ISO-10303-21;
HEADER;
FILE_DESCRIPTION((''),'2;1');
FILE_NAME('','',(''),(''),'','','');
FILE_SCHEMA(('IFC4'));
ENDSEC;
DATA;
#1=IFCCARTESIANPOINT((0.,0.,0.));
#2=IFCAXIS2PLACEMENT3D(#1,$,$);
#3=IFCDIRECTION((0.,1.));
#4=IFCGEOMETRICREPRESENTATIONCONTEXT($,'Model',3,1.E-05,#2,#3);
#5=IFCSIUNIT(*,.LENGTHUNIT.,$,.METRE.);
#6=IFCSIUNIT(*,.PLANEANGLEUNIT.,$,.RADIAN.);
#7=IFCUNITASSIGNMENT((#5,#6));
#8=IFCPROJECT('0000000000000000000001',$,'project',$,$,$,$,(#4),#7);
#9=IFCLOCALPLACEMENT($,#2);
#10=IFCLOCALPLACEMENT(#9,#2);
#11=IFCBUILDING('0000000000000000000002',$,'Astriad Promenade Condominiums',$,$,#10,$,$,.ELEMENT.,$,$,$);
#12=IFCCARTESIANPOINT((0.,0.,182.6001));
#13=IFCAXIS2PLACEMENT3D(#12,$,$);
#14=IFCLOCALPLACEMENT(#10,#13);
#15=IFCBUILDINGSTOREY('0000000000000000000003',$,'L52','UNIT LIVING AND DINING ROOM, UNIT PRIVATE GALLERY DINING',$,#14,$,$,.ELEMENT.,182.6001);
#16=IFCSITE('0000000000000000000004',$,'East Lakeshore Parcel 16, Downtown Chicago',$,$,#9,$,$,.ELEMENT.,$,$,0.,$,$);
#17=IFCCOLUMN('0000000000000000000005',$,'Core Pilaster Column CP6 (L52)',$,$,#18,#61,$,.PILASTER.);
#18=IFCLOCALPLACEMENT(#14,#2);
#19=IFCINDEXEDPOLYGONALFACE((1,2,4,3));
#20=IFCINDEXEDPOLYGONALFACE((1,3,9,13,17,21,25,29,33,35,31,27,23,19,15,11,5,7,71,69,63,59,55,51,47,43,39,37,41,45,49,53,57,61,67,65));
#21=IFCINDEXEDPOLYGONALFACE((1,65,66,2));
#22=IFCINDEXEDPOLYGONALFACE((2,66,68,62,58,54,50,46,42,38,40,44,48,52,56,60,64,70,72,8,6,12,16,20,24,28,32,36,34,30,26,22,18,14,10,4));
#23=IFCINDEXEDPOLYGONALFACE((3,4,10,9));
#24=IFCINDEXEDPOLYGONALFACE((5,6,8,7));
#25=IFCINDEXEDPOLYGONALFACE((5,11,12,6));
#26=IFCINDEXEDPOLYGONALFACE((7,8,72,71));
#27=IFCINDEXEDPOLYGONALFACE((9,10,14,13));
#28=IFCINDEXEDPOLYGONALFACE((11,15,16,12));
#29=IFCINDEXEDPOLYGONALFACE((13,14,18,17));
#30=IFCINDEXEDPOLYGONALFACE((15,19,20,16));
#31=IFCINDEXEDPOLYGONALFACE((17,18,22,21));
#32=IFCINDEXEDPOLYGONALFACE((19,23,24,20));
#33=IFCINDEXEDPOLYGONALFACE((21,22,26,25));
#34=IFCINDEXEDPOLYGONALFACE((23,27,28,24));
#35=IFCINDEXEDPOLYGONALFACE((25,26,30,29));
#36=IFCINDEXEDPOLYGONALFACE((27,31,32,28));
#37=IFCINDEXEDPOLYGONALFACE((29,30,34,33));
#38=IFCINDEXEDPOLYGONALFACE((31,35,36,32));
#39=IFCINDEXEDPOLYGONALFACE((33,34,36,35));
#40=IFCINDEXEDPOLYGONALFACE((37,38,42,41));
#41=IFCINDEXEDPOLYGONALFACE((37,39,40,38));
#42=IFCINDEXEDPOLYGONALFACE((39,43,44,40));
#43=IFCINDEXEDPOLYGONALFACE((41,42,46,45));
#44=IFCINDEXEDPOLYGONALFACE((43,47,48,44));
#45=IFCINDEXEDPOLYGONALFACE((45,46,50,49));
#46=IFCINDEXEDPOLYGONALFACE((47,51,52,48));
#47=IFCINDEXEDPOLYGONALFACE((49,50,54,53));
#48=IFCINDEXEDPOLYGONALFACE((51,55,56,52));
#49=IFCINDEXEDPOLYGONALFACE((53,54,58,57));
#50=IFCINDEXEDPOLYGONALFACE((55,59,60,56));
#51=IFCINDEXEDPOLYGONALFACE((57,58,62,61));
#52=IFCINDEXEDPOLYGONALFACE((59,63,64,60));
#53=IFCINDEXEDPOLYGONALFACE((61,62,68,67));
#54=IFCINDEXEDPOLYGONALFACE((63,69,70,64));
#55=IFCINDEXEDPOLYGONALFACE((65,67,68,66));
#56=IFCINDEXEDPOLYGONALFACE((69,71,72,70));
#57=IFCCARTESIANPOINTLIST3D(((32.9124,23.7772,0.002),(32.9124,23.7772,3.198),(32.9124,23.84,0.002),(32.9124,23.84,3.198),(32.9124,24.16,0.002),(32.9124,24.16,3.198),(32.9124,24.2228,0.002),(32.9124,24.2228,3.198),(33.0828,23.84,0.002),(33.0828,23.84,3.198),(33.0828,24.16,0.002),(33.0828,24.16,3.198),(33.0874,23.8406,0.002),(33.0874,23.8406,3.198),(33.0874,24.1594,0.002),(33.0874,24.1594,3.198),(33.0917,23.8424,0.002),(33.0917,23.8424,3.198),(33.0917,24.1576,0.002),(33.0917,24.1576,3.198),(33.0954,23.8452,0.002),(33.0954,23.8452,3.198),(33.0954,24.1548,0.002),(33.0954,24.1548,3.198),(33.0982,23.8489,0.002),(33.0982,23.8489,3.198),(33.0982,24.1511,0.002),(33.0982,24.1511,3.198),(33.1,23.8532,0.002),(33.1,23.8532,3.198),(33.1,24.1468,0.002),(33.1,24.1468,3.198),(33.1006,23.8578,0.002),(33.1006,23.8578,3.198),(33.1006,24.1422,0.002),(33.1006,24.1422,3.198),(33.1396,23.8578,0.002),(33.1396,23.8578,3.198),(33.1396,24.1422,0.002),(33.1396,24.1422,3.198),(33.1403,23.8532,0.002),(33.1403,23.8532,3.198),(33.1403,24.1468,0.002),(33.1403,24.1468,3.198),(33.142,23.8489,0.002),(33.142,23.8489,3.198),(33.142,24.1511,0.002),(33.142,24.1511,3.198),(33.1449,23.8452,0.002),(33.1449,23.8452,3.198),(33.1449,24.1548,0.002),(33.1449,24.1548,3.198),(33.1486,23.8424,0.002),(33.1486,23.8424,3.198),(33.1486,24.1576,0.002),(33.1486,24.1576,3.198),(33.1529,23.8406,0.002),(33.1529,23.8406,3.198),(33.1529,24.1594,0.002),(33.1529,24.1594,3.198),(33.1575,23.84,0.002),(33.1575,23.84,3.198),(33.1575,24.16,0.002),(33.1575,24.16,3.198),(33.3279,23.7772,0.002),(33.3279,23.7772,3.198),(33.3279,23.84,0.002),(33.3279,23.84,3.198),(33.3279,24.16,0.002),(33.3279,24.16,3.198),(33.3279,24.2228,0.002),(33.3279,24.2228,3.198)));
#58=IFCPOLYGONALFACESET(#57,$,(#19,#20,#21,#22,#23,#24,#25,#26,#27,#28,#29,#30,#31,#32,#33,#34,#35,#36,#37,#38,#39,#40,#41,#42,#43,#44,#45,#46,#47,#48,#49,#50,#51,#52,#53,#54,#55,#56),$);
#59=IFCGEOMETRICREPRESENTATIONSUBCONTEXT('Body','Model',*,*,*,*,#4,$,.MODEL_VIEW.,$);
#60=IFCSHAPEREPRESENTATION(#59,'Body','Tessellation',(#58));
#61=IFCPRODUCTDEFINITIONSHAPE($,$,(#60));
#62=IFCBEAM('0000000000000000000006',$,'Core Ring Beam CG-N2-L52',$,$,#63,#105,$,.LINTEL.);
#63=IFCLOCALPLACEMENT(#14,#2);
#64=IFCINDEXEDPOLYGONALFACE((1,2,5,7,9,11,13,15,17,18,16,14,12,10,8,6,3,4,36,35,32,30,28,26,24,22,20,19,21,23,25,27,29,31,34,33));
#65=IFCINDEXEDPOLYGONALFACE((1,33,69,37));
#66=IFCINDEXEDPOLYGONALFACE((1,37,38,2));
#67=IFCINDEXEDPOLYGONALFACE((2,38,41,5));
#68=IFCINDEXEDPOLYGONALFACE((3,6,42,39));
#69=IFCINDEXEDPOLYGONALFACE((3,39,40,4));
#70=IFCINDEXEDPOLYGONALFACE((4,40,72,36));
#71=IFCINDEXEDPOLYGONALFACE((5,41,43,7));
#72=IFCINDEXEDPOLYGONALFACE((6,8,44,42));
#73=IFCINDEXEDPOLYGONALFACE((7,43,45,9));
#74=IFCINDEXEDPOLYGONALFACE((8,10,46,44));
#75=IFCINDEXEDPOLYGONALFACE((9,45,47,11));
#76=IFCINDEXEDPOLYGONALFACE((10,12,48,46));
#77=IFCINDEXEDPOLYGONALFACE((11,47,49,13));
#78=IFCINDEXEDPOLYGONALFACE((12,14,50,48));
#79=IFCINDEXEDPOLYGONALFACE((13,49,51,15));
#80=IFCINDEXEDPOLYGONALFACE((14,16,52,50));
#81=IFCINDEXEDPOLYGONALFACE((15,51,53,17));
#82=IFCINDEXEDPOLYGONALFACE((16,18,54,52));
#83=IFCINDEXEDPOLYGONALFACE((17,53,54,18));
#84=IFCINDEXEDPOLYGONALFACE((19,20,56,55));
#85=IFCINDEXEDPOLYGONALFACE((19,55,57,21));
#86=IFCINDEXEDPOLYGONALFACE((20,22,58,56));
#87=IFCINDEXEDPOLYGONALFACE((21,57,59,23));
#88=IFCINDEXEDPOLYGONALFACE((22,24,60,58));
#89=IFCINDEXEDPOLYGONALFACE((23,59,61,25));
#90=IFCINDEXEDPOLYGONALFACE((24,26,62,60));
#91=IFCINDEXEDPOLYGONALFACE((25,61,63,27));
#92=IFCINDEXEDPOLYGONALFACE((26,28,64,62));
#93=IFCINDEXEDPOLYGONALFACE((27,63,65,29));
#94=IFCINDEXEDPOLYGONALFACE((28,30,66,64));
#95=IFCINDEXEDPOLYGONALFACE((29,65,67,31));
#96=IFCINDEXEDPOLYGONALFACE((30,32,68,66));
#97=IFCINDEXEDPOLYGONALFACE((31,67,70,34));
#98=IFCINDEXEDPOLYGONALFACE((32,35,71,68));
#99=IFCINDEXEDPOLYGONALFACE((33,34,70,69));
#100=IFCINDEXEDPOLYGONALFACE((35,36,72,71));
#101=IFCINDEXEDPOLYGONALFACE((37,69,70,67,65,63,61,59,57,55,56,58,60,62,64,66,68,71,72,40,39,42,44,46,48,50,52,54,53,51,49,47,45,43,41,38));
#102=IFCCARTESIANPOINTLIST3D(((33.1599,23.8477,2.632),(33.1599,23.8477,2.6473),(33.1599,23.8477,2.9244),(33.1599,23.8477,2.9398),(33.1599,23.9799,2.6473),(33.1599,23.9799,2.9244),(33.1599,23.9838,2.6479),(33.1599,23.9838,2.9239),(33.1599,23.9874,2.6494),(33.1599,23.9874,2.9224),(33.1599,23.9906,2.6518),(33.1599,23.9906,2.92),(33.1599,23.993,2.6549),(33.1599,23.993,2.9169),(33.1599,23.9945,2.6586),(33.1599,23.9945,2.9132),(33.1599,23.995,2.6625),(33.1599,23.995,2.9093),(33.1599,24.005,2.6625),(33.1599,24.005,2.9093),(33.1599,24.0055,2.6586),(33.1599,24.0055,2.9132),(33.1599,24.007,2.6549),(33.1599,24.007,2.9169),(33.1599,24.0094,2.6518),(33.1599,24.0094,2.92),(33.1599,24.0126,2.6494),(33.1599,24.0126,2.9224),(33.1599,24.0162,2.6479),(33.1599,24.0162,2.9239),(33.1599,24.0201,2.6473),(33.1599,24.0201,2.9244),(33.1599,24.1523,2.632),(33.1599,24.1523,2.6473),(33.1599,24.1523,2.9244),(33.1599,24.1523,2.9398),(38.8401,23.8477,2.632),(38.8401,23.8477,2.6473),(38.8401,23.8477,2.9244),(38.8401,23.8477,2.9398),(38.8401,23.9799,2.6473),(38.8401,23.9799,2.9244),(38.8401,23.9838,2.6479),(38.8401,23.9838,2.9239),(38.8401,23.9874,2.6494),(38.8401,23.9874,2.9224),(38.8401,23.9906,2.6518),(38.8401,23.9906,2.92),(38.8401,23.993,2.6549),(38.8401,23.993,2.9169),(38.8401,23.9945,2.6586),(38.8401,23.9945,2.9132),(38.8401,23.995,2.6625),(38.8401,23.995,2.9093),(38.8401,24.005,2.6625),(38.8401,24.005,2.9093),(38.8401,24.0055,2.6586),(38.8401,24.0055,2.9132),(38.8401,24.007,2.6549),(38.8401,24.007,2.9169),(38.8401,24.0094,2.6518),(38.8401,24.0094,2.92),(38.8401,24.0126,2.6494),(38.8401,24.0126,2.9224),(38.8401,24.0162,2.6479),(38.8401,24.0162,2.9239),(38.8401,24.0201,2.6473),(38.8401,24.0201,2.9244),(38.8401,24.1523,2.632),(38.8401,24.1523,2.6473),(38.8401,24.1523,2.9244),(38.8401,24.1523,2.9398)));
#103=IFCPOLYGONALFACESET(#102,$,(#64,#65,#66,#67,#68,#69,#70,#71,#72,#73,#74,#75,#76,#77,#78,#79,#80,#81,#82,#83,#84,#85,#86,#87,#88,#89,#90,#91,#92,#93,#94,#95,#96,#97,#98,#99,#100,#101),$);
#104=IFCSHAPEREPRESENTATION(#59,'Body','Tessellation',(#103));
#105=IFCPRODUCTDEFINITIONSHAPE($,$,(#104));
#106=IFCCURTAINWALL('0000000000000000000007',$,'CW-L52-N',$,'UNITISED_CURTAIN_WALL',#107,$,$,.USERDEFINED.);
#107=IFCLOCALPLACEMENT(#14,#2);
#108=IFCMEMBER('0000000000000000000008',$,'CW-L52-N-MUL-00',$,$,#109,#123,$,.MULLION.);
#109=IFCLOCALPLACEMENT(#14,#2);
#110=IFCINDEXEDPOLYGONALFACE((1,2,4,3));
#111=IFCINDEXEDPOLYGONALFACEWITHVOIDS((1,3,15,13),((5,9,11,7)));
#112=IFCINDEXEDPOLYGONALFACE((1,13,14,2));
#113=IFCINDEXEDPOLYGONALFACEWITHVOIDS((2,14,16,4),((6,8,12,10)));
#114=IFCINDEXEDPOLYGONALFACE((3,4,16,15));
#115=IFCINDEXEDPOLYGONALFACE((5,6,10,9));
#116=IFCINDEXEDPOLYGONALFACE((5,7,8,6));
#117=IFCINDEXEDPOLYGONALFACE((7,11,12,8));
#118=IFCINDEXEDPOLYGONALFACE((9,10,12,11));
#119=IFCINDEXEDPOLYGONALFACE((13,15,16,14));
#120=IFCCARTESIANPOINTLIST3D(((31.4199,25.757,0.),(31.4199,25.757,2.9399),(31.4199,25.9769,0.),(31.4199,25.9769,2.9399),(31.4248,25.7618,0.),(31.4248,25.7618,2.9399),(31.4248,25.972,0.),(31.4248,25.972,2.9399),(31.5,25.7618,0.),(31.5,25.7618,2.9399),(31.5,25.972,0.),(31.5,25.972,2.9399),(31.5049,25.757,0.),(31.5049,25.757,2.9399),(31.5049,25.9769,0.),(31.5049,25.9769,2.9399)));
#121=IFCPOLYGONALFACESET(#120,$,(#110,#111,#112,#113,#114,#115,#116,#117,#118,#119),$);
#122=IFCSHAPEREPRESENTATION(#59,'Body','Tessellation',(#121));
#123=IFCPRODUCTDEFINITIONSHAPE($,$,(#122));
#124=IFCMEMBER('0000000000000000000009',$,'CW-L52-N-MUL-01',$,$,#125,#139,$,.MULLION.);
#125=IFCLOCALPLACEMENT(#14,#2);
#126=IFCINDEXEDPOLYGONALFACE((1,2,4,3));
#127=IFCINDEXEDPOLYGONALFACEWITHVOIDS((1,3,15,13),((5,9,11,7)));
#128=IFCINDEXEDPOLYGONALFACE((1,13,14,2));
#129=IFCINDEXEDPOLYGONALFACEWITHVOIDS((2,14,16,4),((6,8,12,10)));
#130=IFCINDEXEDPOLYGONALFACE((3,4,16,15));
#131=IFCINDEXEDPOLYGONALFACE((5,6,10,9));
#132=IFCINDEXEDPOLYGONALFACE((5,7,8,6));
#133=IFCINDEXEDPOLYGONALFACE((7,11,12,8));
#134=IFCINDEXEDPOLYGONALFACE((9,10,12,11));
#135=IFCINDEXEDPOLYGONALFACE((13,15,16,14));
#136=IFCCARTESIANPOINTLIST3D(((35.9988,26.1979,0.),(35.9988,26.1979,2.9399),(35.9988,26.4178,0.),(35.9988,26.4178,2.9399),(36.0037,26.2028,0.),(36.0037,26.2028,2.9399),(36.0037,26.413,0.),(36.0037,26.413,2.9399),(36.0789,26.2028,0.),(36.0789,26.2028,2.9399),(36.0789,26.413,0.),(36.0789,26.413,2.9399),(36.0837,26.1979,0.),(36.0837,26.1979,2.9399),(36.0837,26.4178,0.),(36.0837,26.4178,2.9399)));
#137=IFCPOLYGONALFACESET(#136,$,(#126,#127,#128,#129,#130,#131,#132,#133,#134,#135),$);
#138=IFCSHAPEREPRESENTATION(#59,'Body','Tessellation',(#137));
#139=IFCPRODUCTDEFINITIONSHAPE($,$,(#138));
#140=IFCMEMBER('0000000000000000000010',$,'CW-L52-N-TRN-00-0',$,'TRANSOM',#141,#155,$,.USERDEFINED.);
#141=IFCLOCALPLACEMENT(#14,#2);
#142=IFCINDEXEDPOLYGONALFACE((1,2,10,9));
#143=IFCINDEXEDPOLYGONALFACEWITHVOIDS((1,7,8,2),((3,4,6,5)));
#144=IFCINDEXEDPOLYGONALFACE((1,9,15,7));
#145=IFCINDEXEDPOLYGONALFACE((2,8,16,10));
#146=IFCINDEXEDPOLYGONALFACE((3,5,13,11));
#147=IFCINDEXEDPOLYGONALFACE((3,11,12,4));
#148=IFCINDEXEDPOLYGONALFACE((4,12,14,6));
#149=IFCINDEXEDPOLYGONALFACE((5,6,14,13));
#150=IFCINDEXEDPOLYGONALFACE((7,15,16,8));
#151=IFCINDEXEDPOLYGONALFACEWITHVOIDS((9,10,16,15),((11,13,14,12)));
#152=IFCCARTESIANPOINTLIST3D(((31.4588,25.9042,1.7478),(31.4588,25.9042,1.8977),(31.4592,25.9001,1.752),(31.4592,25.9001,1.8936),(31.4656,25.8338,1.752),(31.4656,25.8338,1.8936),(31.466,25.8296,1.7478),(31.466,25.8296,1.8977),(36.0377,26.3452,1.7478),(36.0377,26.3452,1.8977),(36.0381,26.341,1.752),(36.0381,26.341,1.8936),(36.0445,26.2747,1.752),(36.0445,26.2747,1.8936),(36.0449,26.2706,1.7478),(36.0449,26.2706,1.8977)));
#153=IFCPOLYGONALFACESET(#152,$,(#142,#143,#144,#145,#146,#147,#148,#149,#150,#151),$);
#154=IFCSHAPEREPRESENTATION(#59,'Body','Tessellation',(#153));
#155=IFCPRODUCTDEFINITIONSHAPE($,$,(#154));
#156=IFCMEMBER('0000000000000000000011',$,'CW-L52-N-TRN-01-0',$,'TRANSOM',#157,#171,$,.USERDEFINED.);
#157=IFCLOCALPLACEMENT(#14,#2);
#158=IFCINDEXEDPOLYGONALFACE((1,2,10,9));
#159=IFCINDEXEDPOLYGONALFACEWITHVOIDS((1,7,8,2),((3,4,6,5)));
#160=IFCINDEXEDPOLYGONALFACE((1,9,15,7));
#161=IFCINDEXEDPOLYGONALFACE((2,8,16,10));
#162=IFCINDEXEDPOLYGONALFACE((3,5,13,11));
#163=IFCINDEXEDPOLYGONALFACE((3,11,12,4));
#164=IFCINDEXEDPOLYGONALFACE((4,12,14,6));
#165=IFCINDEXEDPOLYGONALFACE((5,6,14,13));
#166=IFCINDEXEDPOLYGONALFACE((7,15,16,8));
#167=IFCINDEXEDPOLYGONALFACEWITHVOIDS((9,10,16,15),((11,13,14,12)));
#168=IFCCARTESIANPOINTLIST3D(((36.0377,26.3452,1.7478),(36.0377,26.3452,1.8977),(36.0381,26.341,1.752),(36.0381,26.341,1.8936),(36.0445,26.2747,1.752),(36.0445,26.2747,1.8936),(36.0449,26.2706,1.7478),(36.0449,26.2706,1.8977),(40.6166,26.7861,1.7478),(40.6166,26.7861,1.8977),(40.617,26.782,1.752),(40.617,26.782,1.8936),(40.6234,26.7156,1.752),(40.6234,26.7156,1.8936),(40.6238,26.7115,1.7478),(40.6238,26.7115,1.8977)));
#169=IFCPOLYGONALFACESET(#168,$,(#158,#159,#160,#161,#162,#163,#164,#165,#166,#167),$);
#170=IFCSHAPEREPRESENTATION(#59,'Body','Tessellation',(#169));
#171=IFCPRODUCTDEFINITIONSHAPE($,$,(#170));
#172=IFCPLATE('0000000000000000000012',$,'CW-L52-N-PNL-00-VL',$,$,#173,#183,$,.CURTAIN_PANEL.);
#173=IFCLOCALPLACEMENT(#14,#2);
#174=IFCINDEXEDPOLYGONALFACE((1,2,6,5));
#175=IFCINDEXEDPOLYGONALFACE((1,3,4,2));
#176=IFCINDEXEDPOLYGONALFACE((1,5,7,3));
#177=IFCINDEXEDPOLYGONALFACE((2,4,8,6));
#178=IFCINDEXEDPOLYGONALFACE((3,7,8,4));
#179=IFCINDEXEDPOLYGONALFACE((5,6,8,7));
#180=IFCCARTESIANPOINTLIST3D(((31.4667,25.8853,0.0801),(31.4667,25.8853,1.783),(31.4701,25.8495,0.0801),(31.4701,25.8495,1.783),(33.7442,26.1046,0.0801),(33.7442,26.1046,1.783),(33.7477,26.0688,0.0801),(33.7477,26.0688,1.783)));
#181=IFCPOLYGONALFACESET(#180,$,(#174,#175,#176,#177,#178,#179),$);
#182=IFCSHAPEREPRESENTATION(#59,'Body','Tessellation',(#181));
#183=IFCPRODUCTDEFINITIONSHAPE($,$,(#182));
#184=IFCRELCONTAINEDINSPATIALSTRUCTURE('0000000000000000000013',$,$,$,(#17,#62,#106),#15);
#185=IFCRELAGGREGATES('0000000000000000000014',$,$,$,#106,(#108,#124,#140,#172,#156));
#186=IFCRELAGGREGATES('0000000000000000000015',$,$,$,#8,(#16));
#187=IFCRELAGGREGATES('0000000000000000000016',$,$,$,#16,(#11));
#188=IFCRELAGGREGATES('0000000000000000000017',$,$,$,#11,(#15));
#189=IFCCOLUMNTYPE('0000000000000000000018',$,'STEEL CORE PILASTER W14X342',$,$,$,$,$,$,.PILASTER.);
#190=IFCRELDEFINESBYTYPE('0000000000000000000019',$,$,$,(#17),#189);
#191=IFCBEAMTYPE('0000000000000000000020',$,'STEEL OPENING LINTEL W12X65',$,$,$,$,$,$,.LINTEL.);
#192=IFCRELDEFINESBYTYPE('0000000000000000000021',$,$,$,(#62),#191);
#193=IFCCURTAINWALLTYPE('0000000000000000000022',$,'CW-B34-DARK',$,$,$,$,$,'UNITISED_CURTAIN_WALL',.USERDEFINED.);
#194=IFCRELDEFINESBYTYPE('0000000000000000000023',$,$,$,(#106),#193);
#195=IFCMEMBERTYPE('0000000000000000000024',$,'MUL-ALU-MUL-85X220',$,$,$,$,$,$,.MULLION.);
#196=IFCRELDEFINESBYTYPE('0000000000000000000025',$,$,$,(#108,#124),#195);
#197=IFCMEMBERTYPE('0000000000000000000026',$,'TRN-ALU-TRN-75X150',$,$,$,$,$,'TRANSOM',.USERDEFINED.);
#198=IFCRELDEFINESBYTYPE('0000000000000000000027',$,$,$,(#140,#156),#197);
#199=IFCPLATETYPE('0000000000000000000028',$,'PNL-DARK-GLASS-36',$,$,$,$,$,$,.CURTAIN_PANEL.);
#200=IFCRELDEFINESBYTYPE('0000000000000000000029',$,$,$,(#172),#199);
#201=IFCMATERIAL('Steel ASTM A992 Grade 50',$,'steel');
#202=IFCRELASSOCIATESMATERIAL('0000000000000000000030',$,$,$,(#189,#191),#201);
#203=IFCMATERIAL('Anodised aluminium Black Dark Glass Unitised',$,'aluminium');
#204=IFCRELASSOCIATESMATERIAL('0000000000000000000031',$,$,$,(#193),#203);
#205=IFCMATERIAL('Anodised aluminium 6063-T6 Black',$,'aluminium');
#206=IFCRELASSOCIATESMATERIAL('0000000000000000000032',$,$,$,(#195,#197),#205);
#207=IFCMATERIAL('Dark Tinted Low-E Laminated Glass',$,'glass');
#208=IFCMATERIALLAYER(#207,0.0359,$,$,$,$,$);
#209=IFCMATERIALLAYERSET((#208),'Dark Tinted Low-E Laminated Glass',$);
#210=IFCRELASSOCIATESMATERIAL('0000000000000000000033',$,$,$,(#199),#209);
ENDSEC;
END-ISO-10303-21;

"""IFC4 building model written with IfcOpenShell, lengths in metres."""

from ifc_helpers import new_model, si_unit, direction, frame, origin, origin_2d, place, context, subcontext, project, spatial, rectangle, hollow_rectangle, i_section, extrude, source, transform, mapped, material, layer, layer_set, material_profile, profile_set, type_object, type_shapes, element, aggregate, save


model = new_model("IFC4")

# Units and contexts
model_context = context("Model", 3, precision=1e-05, world=origin(), true_north=direction((0.0, 1.0)))
body_context = subcontext(model_context, "Body", "Model", "MODEL_VIEW")
ifc_project = project(units=[si_unit("LENGTHUNIT", "METRE"), si_unit("PLANEANGLEUNIT", "RADIAN")], contexts=[model_context])

# Site, building, storey
site_placement = place(None, origin())
site = spatial("IfcSite", under=ifc_project, at=site_placement, Name="East Lakeshore Parcel 16, Downtown Chicago", CompositionType="ELEMENT", RefElevation=0.0)
building_placement = place(site_placement, origin())
building = spatial("IfcBuilding", under=site, at=building_placement, Name="Astriad Promenade Condominiums", CompositionType="ELEMENT")
storey_placement = place(building_placement, frame((0.0, 0.0, 182.6001)))
storey = spatial("IfcBuildingStorey", under=building, at=storey_placement, Name="L52", Description="UNIT LIVING AND DINING ROOM, UNIT PRIVATE GALLERY DINING", CompositionType="ELEMENT", Elevation=182.6001)

# Column
ifc_material_1 = material(Name="Steel ASTM A992 Grade 50", Category="steel")
ifc_material_profile_1 = material_profile(ifc_material_1, i_section(OverallWidth=0.4155, OverallDepth=0.4456, WebThickness=0.0391, FlangeThickness=0.0627, FilletRadius=0.0178, at=origin_2d()), Name="W14X342")
ifc_profile_set_1 = profile_set([ifc_material_profile_1], Name="Steel ASTM A992 Grade 50")
column_type = type_object("IfcColumnType", Name="STEEL CORE PILASTER W14X342", PredefinedType="PILASTER", material=ifc_profile_set_1)
shared_shape_1 = source(origin(), body_context, "Body", "SweptSolid", [
    extrude(i_section(OverallWidth=0.4155, OverallDepth=0.4456, WebThickness=0.0391, FlangeThickness=0.0627, FilletRadius=0.0178, at=origin_2d()), origin(), (0.0, 0.0, 1.0), 3.196),
])
type_shapes(column_type, [shared_shape_1])
column_placement = place(storey_placement, frame((33.1201, 24.0, 0.002), z_axis=(0.0, 0.0, 1.0), x_axis=(1.0, 0.0, 0.0)))
element("IfcColumn", 1, at=column_placement, inside=storey, type_object=column_type, Name="Core Pilaster Column CP6 (L52)", PredefinedType="PILASTER", context=body_context, shape_type="MappedRepresentation", body=[
    mapped(shared_shape_1, transform((0.0, 0.0, 0.0), scale=1.0)),
])

# Beam
ifc_material_profile_2 = material_profile(ifc_material_1, i_section(OverallWidth=0.3047, OverallDepth=0.3079, WebThickness=0.01, FlangeThickness=0.0154, FilletRadius=0.0151, at=origin_2d()), Name="W12X65")
ifc_profile_set_2 = profile_set([ifc_material_profile_2], Name="Steel ASTM A992 Grade 50")
beam_type = type_object("IfcBeamType", Name="STEEL OPENING LINTEL W12X65", PredefinedType="LINTEL", material=ifc_profile_set_2)
shared_shape_2 = source(origin(), body_context, "Body", "SweptSolid", [
    extrude(i_section(OverallWidth=0.3047, OverallDepth=0.3079, WebThickness=0.01, FlangeThickness=0.0154, FilletRadius=0.0151, at=origin_2d()), origin(), (0.0, 0.0, 1.0), 5.6802),
])
type_shapes(beam_type, [shared_shape_2])
beam_placement = place(storey_placement, frame((33.1599, 24.0, 2.7859), z_axis=(1.0, 0.0, 0.0), x_axis=(0.0, 1.0, 0.0)))
element("IfcBeam", 2, at=beam_placement, inside=storey, type_object=beam_type, Name="Core Ring Beam CG-N2-L52", PredefinedType="LINTEL", context=body_context, shape_type="MappedRepresentation", body=[
    mapped(shared_shape_2, transform((0.0, 0.0, 0.0), scale=1.0)),
])

# Curtain wall, members, plate
ifc_material_2 = material(Name="Anodised aluminium Black Dark Glass Unitised", Category="aluminium")
curtain_wall_type = type_object("IfcCurtainWallType", Name="CW-B34-DARK", ElementType="UNITISED_CURTAIN_WALL", PredefinedType="USERDEFINED", material=ifc_material_2)
curtain_wall_placement = place(storey_placement, origin())
curtain_wall = element("IfcCurtainWall", 3, at=curtain_wall_placement, inside=storey, type_object=curtain_wall_type, Name="CW-L52-N", ObjectType="UNITISED_CURTAIN_WALL", PredefinedType="USERDEFINED")
ifc_material_3 = material(Name="Anodised aluminium 6063-T6 Black", Category="aluminium")
ifc_material_profile_3 = material_profile(ifc_material_3, hollow_rectangle(XDim=0.085, YDim=0.22, WallThickness=0.0049, at=origin_2d()), Name="ALU-MUL-85X220")
ifc_profile_set_3 = profile_set([ifc_material_profile_3], Name="Anodised aluminium 6063-T6 Black")
member_type_1 = type_object("IfcMemberType", Name="MUL-ALU-MUL-85X220", PredefinedType="MULLION", material=ifc_profile_set_3)
shared_shape_3 = source(origin(), body_context, "Body", "SweptSolid", [
    extrude(hollow_rectangle(XDim=0.085, YDim=0.22, WallThickness=0.0049, at=origin_2d()), origin(), (0.0, 0.0, 1.0), 2.9399),
])
type_shapes(member_type_1, [shared_shape_3])
member_1_placement = place(storey_placement, frame((31.4624, 25.8669, 0.0), z_axis=(0.0, 0.0, 1.0), x_axis=(1.0, 0.0, 0.0)))
member_1 = element("IfcMember", 4, at=member_1_placement, type_object=member_type_1, Name="CW-L52-N-MUL-00", PredefinedType="MULLION", context=body_context, shape_type="MappedRepresentation", body=[
    mapped(shared_shape_3, transform((0.0, 0.0, 0.0), scale=1.0)),
])
member_2_placement = place(storey_placement, frame((36.0413, 26.3079, 0.0), z_axis=(0.0, 0.0, 1.0), x_axis=(1.0, 0.0, 0.0)))
member_2 = element("IfcMember", 5, at=member_2_placement, type_object=member_type_1, Name="CW-L52-N-MUL-01", PredefinedType="MULLION", context=body_context, shape_type="MappedRepresentation", body=[
    mapped(shared_shape_3, transform((0.0, 0.0, 0.0), scale=1.0)),
])
ifc_material_profile_4 = material_profile(ifc_material_3, hollow_rectangle(XDim=0.075, YDim=0.1499, WallThickness=0.0042, at=origin_2d()), Name="ALU-TRN-75X150")
ifc_profile_set_4 = profile_set([ifc_material_profile_4], Name="Anodised aluminium 6063-T6 Black")
member_type_2 = type_object("IfcMemberType", Name="TRN-ALU-TRN-75X150", ElementType="TRANSOM", PredefinedType="USERDEFINED", material=ifc_profile_set_4)
shared_shape_4 = source(origin(), body_context, "Body", "SweptSolid", [
    extrude(hollow_rectangle(XDim=0.075, YDim=0.1499, WallThickness=0.0042, at=origin_2d()), origin(), (0.0, 0.0, 1.0), 4.6001),
])
type_shapes(member_type_2, [shared_shape_4])
member_3_placement = place(storey_placement, frame((31.4624, 25.8669, 1.8228), z_axis=(0.995396, 0.095851, 0.0), x_axis=(-0.095851, 0.995396, 0.0)))
member_3 = element("IfcMember", 6, at=member_3_placement, type_object=member_type_2, Name="CW-L52-N-TRN-00-0", ObjectType="TRANSOM", PredefinedType="USERDEFINED", context=body_context, shape_type="MappedRepresentation", body=[
    mapped(shared_shape_4, transform((0.0, 0.0, 0.0), scale=1.0)),
])
member_4_placement = place(storey_placement, frame((36.0413, 26.3079, 1.8228), z_axis=(0.995396, 0.095851, 0.0), x_axis=(-0.095851, 0.995396, 0.0)))
member_4 = element("IfcMember", 7, at=member_4_placement, type_object=member_type_2, Name="CW-L52-N-TRN-01-0", ObjectType="TRANSOM", PredefinedType="USERDEFINED", context=body_context, shape_type="MappedRepresentation", body=[
    mapped(shared_shape_4, transform((0.0, 0.0, 0.0), scale=1.0)),
])
ifc_material_4 = material(Name="Dark Tinted Low-E Laminated Glass", Category="glass")
ifc_layer_1 = layer(ifc_material_4, 0.0359)
ifc_layer_set_1 = layer_set([ifc_layer_1], Name="Dark Tinted Low-E Laminated Glass")
plate_type = type_object("IfcPlateType", Name="PNL-DARK-GLASS-36", PredefinedType="CURTAIN_PANEL", material=ifc_layer_set_1)
shared_shape_5 = source(origin(), body_context, "Body", "SweptSolid", [
    extrude(rectangle(XDim=2.2881, YDim=0.0359, at=origin_2d()), origin(), (0.0, 0.0, 1.0), 1.7029),
])
plate_1_placement = place(storey_placement, frame((32.6072, 25.9771, 0.0801), z_axis=(0.0, 0.0, 1.0), x_axis=(0.995396, 0.095846, 0.0)))
plate_1 = element("IfcPlate", 8, at=plate_1_placement, type_object=plate_type, Name="CW-L52-N-PNL-00-VL", PredefinedType="CURTAIN_PANEL", context=body_context, shape_type="MappedRepresentation", body=[
    mapped(shared_shape_5, transform((0.0, 0.0, 0.0), scale=1.0)),
])
aggregate(curtain_wall, [member_1, member_2, member_3, plate_1, member_4])

save(model, "model.ifc")
